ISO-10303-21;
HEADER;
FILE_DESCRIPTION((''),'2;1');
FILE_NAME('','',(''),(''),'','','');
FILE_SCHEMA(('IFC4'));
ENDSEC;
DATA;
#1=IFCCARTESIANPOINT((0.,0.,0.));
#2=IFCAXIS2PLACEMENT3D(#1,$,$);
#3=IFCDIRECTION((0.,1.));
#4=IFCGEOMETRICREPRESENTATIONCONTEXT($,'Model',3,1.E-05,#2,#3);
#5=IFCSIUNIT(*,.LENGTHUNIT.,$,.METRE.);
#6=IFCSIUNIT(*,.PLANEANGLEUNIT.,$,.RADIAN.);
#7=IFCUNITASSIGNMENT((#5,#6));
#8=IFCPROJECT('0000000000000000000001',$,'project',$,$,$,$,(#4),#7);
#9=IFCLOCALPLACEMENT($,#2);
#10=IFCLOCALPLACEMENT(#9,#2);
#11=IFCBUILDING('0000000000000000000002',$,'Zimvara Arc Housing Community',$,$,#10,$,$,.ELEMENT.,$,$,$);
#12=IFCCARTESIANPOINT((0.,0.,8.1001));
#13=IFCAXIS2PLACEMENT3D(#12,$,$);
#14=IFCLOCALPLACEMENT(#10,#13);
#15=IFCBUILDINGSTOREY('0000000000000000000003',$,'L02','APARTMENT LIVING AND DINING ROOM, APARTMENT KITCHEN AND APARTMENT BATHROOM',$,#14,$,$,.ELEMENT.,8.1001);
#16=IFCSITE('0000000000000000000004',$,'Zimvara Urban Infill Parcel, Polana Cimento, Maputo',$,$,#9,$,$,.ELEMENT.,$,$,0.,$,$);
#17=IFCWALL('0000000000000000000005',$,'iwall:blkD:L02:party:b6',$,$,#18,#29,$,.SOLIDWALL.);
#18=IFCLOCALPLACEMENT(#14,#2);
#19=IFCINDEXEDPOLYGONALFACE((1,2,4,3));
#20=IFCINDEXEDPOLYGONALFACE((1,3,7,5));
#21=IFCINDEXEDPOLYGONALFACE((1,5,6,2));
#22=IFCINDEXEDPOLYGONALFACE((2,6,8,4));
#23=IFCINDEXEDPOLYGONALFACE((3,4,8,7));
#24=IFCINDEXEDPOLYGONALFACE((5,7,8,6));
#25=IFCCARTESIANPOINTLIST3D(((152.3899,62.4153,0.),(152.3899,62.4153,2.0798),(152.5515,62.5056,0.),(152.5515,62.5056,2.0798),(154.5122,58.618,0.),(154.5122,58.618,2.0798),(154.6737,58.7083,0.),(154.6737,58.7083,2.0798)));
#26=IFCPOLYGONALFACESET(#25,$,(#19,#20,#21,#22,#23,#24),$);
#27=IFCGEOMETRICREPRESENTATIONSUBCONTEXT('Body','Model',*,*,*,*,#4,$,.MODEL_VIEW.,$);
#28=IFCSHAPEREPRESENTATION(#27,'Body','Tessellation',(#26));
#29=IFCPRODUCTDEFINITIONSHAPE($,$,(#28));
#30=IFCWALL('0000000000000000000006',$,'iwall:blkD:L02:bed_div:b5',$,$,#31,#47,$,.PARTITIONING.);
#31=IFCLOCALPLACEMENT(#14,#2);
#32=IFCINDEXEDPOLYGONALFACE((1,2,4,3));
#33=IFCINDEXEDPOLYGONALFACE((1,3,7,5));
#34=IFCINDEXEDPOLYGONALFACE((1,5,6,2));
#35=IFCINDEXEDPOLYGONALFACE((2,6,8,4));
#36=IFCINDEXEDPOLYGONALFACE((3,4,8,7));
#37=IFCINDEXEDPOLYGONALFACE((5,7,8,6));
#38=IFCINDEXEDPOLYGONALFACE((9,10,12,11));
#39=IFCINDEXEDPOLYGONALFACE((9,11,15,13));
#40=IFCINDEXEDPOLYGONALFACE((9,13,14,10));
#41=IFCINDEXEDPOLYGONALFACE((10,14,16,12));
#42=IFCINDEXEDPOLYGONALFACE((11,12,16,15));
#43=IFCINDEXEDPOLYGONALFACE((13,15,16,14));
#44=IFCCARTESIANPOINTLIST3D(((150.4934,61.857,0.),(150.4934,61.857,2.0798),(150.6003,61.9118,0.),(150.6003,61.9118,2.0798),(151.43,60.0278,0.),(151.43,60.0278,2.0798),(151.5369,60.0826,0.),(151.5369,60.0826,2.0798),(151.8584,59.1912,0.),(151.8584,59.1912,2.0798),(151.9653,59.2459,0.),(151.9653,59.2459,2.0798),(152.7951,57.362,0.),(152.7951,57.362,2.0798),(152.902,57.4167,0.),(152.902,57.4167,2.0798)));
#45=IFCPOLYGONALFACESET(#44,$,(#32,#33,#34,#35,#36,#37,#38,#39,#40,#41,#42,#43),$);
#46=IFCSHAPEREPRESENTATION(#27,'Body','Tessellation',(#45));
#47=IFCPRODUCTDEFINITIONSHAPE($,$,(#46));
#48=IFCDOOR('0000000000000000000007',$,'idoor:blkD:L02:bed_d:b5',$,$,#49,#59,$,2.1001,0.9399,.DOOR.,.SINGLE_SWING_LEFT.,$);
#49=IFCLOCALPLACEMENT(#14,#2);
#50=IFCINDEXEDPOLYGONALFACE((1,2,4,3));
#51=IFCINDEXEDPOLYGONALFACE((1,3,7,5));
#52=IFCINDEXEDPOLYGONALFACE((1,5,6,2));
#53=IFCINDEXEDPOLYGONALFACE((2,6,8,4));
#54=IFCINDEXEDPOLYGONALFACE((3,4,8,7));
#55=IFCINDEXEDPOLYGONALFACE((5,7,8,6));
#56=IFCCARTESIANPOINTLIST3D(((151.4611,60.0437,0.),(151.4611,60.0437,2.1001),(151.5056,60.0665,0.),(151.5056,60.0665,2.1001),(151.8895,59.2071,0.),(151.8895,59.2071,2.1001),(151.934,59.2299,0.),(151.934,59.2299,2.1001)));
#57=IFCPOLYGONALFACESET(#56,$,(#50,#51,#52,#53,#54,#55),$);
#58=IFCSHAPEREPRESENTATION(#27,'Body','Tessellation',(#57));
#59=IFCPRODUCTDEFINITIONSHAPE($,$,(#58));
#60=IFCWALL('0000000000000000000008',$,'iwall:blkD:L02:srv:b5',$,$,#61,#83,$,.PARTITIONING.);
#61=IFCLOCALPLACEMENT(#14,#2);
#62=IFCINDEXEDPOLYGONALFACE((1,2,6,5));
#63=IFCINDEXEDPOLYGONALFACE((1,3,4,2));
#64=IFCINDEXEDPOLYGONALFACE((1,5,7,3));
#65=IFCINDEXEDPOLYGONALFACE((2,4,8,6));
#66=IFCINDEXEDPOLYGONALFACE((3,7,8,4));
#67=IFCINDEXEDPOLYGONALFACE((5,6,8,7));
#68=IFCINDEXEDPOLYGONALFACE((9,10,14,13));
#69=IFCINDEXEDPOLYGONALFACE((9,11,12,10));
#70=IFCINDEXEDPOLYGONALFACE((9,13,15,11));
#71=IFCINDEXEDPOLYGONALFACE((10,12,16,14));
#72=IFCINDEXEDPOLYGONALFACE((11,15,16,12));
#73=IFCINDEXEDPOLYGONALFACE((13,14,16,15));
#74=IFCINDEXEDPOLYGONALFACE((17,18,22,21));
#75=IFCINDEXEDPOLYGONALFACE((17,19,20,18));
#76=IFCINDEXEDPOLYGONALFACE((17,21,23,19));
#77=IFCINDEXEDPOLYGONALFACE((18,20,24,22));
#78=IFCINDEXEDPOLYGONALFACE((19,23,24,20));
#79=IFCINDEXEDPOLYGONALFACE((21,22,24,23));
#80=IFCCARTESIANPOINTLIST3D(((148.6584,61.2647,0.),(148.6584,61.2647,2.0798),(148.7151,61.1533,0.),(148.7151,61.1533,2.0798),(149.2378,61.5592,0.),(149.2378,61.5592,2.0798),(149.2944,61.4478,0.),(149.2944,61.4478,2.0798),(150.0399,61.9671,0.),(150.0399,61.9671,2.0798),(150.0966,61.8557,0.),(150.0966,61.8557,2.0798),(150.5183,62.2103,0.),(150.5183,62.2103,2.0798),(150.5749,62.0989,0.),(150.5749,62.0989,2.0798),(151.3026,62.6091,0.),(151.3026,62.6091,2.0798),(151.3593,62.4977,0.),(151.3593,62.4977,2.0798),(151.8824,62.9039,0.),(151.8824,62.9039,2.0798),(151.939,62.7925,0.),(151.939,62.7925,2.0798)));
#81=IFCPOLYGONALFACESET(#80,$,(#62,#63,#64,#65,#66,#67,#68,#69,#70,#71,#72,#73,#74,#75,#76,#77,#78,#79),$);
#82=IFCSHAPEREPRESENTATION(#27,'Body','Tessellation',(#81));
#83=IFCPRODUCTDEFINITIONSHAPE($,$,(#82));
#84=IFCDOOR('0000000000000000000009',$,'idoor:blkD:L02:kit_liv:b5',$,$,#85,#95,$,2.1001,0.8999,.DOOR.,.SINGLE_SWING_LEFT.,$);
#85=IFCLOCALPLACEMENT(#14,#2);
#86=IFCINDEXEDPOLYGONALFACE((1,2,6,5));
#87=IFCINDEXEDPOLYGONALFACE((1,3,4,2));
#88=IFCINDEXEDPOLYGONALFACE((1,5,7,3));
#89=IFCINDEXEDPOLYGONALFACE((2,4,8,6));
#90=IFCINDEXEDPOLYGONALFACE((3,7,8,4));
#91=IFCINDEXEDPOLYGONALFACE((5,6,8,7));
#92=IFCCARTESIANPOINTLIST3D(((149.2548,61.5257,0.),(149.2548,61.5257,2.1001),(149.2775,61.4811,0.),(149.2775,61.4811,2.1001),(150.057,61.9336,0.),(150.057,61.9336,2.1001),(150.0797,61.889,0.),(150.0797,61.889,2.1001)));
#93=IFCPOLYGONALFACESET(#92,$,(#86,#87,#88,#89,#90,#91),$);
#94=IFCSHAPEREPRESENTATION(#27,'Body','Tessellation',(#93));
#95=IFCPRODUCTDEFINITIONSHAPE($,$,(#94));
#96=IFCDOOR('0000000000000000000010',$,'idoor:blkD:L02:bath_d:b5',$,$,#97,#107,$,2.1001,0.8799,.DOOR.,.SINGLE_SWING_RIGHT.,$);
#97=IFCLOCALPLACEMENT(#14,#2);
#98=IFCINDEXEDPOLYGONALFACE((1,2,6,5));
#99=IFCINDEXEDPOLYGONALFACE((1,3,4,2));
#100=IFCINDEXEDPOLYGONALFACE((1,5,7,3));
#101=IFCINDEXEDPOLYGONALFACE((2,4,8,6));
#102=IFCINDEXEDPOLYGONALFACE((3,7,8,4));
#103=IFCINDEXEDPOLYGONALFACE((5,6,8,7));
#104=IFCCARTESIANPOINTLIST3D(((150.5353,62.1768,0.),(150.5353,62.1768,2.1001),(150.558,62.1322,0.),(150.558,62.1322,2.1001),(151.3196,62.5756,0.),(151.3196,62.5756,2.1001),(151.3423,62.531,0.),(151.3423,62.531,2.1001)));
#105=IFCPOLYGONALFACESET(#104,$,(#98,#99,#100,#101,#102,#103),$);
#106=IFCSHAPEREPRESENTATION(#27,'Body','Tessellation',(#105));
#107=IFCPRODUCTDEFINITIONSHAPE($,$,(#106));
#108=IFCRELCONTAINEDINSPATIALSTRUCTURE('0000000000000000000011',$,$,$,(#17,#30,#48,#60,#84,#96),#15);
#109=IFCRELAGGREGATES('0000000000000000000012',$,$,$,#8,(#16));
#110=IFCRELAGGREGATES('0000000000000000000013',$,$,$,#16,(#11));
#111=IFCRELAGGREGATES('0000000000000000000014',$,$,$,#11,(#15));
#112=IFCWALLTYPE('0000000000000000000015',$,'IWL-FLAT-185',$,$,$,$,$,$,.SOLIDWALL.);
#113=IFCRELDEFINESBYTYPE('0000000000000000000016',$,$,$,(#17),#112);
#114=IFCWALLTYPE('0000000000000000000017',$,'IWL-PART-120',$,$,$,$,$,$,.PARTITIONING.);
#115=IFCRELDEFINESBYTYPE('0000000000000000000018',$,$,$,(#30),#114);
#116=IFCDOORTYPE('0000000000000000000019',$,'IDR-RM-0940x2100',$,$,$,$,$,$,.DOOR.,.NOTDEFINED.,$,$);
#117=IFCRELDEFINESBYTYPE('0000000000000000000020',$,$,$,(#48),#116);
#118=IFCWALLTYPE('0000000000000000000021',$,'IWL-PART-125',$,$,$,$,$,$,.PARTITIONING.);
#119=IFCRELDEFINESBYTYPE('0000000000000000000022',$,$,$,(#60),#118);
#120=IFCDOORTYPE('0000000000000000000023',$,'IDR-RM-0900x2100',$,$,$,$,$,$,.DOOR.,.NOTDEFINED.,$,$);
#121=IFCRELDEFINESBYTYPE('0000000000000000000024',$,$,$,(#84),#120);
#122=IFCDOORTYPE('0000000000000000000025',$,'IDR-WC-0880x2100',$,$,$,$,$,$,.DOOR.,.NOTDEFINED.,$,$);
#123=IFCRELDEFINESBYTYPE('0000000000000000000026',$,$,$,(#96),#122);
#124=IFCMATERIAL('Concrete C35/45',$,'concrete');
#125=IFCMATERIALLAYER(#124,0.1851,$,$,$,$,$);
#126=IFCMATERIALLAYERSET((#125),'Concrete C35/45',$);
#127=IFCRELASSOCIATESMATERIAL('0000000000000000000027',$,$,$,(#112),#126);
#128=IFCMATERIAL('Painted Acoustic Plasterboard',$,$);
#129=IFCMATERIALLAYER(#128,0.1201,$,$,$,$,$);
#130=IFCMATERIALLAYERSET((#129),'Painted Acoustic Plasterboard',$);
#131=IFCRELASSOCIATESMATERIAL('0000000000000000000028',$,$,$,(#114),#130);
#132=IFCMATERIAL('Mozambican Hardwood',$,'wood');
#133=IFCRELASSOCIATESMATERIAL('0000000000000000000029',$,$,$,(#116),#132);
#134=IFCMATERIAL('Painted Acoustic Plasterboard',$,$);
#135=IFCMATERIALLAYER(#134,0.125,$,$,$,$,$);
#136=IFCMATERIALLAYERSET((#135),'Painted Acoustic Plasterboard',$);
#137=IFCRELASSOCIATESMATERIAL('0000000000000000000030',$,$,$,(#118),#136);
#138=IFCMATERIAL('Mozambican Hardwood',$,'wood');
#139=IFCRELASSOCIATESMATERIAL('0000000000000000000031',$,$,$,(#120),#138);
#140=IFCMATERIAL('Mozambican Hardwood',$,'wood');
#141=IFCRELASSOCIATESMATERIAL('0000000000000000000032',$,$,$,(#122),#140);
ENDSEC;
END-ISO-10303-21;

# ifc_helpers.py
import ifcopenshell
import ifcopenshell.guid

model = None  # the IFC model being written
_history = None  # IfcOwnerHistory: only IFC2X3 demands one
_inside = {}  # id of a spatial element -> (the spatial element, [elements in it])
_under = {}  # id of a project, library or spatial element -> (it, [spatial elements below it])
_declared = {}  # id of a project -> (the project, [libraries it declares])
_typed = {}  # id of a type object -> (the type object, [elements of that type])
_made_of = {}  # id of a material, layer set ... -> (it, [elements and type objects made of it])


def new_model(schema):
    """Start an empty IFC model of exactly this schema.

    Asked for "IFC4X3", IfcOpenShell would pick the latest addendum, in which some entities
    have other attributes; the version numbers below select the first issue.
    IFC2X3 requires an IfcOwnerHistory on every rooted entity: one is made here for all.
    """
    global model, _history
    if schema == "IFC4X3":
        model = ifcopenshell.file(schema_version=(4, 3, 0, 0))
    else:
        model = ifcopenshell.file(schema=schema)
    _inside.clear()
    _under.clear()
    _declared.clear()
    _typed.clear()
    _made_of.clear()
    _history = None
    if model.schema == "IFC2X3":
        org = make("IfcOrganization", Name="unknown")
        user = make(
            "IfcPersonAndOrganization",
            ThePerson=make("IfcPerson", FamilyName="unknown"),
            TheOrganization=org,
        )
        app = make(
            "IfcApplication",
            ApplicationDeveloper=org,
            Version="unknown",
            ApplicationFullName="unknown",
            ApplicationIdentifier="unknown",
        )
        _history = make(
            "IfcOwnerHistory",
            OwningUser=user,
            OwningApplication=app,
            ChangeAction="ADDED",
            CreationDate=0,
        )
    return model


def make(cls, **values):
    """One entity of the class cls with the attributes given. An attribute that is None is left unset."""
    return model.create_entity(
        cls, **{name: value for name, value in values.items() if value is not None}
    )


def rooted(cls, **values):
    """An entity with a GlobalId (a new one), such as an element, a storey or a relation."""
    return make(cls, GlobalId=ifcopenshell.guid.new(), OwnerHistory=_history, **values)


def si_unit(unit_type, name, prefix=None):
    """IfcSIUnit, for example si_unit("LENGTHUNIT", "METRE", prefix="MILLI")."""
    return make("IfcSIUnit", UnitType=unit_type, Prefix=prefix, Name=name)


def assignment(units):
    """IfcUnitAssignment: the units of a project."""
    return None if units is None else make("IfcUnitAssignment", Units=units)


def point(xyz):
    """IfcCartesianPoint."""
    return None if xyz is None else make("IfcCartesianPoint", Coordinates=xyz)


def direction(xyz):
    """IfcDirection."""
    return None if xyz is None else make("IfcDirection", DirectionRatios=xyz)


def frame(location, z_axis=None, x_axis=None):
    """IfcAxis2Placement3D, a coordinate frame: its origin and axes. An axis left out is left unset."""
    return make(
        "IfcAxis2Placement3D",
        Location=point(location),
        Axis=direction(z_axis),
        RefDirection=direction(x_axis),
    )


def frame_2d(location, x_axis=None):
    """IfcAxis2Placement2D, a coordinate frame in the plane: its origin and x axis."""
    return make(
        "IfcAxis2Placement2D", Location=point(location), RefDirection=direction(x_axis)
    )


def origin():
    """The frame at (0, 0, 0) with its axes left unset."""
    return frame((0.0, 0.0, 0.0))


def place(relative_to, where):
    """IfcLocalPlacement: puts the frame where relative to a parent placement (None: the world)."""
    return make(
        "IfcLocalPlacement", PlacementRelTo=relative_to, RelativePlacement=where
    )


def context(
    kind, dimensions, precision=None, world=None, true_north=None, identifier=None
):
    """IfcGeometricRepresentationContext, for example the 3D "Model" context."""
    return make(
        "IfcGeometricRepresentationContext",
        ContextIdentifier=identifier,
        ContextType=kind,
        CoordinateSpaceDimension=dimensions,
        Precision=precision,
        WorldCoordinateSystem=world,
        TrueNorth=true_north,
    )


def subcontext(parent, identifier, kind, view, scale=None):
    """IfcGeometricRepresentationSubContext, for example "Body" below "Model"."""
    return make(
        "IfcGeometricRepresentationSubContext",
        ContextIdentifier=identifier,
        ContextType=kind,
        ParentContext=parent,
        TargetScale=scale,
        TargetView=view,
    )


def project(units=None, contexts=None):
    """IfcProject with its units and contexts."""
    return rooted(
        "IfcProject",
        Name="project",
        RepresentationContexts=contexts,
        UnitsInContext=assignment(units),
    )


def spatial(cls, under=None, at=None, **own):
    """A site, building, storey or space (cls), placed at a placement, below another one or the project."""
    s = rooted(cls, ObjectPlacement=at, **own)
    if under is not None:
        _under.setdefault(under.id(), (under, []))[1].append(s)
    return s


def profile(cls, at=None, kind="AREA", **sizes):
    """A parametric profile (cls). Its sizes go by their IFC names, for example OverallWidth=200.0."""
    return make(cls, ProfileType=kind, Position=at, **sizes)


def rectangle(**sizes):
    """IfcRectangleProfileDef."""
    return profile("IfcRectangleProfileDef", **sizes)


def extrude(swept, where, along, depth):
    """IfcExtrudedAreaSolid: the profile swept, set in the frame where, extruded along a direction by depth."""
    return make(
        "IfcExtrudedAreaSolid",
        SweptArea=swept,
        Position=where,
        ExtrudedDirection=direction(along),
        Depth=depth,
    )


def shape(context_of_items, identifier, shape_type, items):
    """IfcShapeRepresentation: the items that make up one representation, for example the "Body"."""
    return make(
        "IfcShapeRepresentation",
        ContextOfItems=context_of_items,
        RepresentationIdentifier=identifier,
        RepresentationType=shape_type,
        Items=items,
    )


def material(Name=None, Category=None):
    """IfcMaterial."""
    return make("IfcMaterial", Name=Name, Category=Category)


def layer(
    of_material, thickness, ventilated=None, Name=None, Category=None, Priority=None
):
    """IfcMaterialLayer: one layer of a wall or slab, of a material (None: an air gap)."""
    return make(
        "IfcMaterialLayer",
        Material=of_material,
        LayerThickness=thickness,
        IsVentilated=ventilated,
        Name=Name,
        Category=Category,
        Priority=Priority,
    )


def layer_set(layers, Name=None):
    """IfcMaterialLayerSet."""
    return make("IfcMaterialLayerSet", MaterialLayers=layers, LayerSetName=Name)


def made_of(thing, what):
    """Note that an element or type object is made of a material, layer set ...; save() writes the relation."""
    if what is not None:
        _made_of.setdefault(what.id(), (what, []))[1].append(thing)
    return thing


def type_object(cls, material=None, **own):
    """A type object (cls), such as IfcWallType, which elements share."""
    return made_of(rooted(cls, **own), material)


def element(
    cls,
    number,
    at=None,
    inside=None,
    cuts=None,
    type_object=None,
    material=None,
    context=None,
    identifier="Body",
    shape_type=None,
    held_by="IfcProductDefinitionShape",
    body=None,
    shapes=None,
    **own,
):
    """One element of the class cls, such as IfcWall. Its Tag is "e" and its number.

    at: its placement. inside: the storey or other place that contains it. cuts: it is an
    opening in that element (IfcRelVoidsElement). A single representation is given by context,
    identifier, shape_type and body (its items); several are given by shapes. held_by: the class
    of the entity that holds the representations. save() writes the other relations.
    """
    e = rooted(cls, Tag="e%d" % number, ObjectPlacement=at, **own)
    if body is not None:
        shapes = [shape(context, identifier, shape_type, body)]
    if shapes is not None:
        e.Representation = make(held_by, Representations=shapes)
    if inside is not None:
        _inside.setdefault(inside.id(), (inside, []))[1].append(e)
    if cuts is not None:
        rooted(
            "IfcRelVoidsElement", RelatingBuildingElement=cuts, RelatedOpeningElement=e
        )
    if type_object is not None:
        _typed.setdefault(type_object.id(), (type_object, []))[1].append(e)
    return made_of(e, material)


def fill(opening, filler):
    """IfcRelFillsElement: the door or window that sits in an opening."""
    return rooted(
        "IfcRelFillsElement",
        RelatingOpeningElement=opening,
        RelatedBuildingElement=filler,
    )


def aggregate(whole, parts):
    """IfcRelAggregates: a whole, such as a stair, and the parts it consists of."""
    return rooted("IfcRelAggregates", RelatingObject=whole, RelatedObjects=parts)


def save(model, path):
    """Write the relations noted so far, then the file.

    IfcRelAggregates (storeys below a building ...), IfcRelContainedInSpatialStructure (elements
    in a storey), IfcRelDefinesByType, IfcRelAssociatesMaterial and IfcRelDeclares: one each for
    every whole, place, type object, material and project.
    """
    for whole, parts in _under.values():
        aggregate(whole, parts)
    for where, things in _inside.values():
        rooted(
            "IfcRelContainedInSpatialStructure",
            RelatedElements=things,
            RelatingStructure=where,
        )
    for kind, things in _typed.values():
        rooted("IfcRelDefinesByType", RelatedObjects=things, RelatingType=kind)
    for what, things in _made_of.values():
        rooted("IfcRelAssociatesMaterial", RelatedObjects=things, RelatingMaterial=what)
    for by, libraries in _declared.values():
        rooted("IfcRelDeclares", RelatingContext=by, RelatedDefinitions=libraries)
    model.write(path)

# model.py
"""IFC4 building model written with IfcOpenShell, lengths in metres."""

from ifc_helpers import new_model, si_unit, direction, frame, frame_2d, origin, place, context, subcontext, project, spatial, rectangle, extrude, material, layer, layer_set, type_object, element, fill, save


model = new_model("IFC4")

# Units and contexts
model_context = context("Model", 3, precision=1e-05, world=origin(), true_north=direction((0.0, 1.0)))
body_context = subcontext(model_context, "Body", "Model", "MODEL_VIEW")
ifc_project = project(units=[si_unit("LENGTHUNIT", "METRE"), si_unit("PLANEANGLEUNIT", "RADIAN")], contexts=[model_context])

# Site, building, storey
site_placement = place(None, origin())
site = spatial("IfcSite", under=ifc_project, at=site_placement, Name="Zimvara Urban Infill Parcel, Polana Cimento, Maputo", CompositionType="ELEMENT", RefElevation=0.0)
building_placement = place(site_placement, origin())
building = spatial("IfcBuilding", under=site, at=building_placement, Name="Zimvara Arc Housing Community", CompositionType="ELEMENT")
storey_placement = place(building_placement, frame((0.0, 0.0, 8.1001)))
storey = spatial("IfcBuildingStorey", under=building, at=storey_placement, Name="L02", Description="APARTMENT LIVING AND DINING ROOM, APARTMENT KITCHEN AND APARTMENT BATHROOM", CompositionType="ELEMENT", Elevation=8.1001)

# Wall
ifc_material_1 = material(Name="Concrete C35/45", Category="concrete")
ifc_layer_1 = layer(ifc_material_1, 0.1851)
ifc_layer_set_1 = layer_set([ifc_layer_1], Name="Concrete C35/45")
wall_type_1 = type_object("IfcWallType", Name="IWL-FLAT-185", PredefinedType="SOLIDWALL", material=ifc_layer_set_1)
for number, where, z_axis, x_axis, name in (
    (1, (152.4707, 62.4604, 0.0), (0.0, 0.0, 1.0), (0.487867, -0.872918, 0.0), "iwall:blkD:L02:party:b6"),
):
    element("IfcWall", number, at=place(storey_placement, frame(where, z_axis=z_axis, x_axis=x_axis)), inside=storey, type_object=wall_type_1, Name=name, PredefinedType="SOLIDWALL", context=body_context, shape_type="SweptSolid", body=[
        extrude(rectangle(XDim=4.3501, YDim=0.1851, at=frame_2d((2.175, 0.0))), origin(), (0.0, 0.0, 1.0), 2.0798),
    ])

# Wall, opening, door
ifc_material_2 = material(Name="Painted Acoustic Plasterboard")
ifc_layer_2 = layer(ifc_material_2, 0.1201)
ifc_layer_set_2 = layer_set([ifc_layer_2], Name="Painted Acoustic Plasterboard")
wall_type_2 = type_object("IfcWallType", Name="IWL-PART-120", PredefinedType="PARTITIONING", material=ifc_layer_set_2)
wall_1_placement = place(storey_placement, frame((150.5469, 61.8843, 0.0), z_axis=(0.0, 0.0, 1.0), x_axis=(0.455779, -0.890093, 0.0)))
wall_1 = element("IfcWall", 2, at=wall_1_placement, inside=storey, type_object=wall_type_2, Name="iwall:blkD:L02:bed_div:b5", PredefinedType="PARTITIONING", context=body_context, shape_type="SweptSolid", body=[
    extrude(rectangle(XDim=5.05, YDim=0.1201, at=frame_2d((2.5249, 0.0))), origin(), (0.0, 0.0, 1.0), 2.0798),
])
opening_1_placement = place(wall_1_placement, frame((2.0549, 0.0, 0.0)))
opening_1 = element("IfcOpeningElement", 3, at=opening_1_placement, cuts=wall_1, PredefinedType="OPENING", context=body_context, shape_type="SweptSolid", body=[
    extrude(rectangle(XDim=0.9399, YDim=2.1001, at=frame_2d((0.47, 1.05))), frame((0.0, 0.0701, 0.0), z_axis=(0.0, -1.0, 0.0), x_axis=(1.0, 0.0, 0.0)), (0.0, 0.0, 1.0), 0.1401),
])
ifc_material_3 = material(Name="Mozambican Hardwood", Category="wood")
door_type_1 = type_object("IfcDoorType", Name="IDR-RM-0940x2100", OperationType="NOTDEFINED", PredefinedType="DOOR", material=ifc_material_3)
door_1_placement = place(opening_1_placement, origin())
door_1 = element("IfcDoor", 4, at=door_1_placement, inside=storey, type_object=door_type_1, Name="idoor:blkD:L02:bed_d:b5", OperationType="SINGLE_SWING_LEFT", OverallHeight=2.1001, OverallWidth=0.9399, PredefinedType="DOOR", context=body_context, shape_type="SweptSolid", body=[
    extrude(rectangle(XDim=0.9399, YDim=2.1001, at=frame_2d((0.47, 1.05))), frame((0.0, 0.0249, 0.0), z_axis=(0.0, -1.0, 0.0), x_axis=(1.0, 0.0, 0.0)), (0.0, 0.0, 1.0), 0.05),
])
fill(opening_1, door_1)

# Wall, openings, doors
ifc_material_4 = material(Name="Painted Acoustic Plasterboard")
ifc_layer_3 = layer(ifc_material_4, 0.125)
ifc_layer_set_3 = layer_set([ifc_layer_3], Name="Painted Acoustic Plasterboard")
wall_type_3 = type_object("IfcWallType", Name="IWL-PART-125", PredefinedType="PARTITIONING", material=ifc_layer_set_3)
wall_2_placement = place(storey_placement, frame((148.6868, 61.209, 0.0), z_axis=(0.0, 0.0, 1.0), x_axis=(0.891396, 0.453225, 0.0)))
wall_2 = element("IfcWall", 5, at=wall_2_placement, inside=storey, type_object=wall_type_3, Name="iwall:blkD:L02:srv:b5", PredefinedType="PARTITIONING", context=body_context, shape_type="SweptSolid", body=[
    extrude(rectangle(XDim=3.6167, YDim=0.125, at=frame_2d((1.8083, 0.0))), origin(), (0.0, 0.0, 1.0), 2.0798),
])
opening_2_placement = place(wall_2_placement, frame((0.6499, 0.0, 0.0)))
opening_2 = element("IfcOpeningElement", 6, at=opening_2_placement, cuts=wall_2, PredefinedType="OPENING", context=body_context, shape_type="SweptSolid", body=[
    extrude(rectangle(XDim=0.8999, YDim=2.1001, at=frame_2d((0.45, 1.05))), frame((0.0, 0.0725, 0.0), z_axis=(0.0, -1.0, 0.0), x_axis=(1.0, 0.0, 0.0)), (0.0, 0.0, 1.0), 0.145),
])
opening_3_placement = place(wall_2_placement, frame((2.0864, 0.0, 0.0)))
opening_3 = element("IfcOpeningElement", 7, at=opening_3_placement, cuts=wall_2, PredefinedType="OPENING", context=body_context, shape_type="SweptSolid", body=[
    extrude(rectangle(XDim=0.8799, YDim=2.1001, at=frame_2d((0.4399, 1.05))), frame((0.0, 0.0725, 0.0), z_axis=(0.0, -1.0, 0.0), x_axis=(1.0, 0.0, 0.0)), (0.0, 0.0, 1.0), 0.145),
])
ifc_material_5 = material(Name="Mozambican Hardwood", Category="wood")
door_type_2 = type_object("IfcDoorType", Name="IDR-RM-0900x2100", OperationType="NOTDEFINED", PredefinedType="DOOR", material=ifc_material_5)
door_2_placement = place(opening_2_placement, origin())
door_2 = element("IfcDoor", 8, at=door_2_placement, inside=storey, type_object=door_type_2, Name="idoor:blkD:L02:kit_liv:b5", OperationType="SINGLE_SWING_LEFT", OverallHeight=2.1001, OverallWidth=0.8999, PredefinedType="DOOR", context=body_context, shape_type="SweptSolid", body=[
    extrude(rectangle(XDim=0.8999, YDim=2.1001, at=frame_2d((0.45, 1.05))), frame((0.0, 0.0249, 0.0), z_axis=(0.0, -1.0, 0.0), x_axis=(1.0, 0.0, 0.0)), (0.0, 0.0, 1.0), 0.05),
])
fill(opening_2, door_2)
ifc_material_6 = material(Name="Mozambican Hardwood", Category="wood")
door_type_3 = type_object("IfcDoorType", Name="IDR-WC-0880x2100", OperationType="NOTDEFINED", PredefinedType="DOOR", material=ifc_material_6)
door_3_placement = place(opening_3_placement, origin())
door_3 = element("IfcDoor", 9, at=door_3_placement, inside=storey, type_object=door_type_3, Name="idoor:blkD:L02:bath_d:b5", OperationType="SINGLE_SWING_RIGHT", OverallHeight=2.1001, OverallWidth=0.8799, PredefinedType="DOOR", context=body_context, shape_type="SweptSolid", body=[
    extrude(rectangle(XDim=0.8799, YDim=2.1001, at=frame_2d((0.4399, 1.05))), frame((0.0, 0.0249, 0.0), z_axis=(0.0, -1.0, 0.0), x_axis=(1.0, 0.0, 0.0)), (0.0, 0.0, 1.0), 0.05),
])
fill(opening_3, door_3)

save(model, "model.ifc")
